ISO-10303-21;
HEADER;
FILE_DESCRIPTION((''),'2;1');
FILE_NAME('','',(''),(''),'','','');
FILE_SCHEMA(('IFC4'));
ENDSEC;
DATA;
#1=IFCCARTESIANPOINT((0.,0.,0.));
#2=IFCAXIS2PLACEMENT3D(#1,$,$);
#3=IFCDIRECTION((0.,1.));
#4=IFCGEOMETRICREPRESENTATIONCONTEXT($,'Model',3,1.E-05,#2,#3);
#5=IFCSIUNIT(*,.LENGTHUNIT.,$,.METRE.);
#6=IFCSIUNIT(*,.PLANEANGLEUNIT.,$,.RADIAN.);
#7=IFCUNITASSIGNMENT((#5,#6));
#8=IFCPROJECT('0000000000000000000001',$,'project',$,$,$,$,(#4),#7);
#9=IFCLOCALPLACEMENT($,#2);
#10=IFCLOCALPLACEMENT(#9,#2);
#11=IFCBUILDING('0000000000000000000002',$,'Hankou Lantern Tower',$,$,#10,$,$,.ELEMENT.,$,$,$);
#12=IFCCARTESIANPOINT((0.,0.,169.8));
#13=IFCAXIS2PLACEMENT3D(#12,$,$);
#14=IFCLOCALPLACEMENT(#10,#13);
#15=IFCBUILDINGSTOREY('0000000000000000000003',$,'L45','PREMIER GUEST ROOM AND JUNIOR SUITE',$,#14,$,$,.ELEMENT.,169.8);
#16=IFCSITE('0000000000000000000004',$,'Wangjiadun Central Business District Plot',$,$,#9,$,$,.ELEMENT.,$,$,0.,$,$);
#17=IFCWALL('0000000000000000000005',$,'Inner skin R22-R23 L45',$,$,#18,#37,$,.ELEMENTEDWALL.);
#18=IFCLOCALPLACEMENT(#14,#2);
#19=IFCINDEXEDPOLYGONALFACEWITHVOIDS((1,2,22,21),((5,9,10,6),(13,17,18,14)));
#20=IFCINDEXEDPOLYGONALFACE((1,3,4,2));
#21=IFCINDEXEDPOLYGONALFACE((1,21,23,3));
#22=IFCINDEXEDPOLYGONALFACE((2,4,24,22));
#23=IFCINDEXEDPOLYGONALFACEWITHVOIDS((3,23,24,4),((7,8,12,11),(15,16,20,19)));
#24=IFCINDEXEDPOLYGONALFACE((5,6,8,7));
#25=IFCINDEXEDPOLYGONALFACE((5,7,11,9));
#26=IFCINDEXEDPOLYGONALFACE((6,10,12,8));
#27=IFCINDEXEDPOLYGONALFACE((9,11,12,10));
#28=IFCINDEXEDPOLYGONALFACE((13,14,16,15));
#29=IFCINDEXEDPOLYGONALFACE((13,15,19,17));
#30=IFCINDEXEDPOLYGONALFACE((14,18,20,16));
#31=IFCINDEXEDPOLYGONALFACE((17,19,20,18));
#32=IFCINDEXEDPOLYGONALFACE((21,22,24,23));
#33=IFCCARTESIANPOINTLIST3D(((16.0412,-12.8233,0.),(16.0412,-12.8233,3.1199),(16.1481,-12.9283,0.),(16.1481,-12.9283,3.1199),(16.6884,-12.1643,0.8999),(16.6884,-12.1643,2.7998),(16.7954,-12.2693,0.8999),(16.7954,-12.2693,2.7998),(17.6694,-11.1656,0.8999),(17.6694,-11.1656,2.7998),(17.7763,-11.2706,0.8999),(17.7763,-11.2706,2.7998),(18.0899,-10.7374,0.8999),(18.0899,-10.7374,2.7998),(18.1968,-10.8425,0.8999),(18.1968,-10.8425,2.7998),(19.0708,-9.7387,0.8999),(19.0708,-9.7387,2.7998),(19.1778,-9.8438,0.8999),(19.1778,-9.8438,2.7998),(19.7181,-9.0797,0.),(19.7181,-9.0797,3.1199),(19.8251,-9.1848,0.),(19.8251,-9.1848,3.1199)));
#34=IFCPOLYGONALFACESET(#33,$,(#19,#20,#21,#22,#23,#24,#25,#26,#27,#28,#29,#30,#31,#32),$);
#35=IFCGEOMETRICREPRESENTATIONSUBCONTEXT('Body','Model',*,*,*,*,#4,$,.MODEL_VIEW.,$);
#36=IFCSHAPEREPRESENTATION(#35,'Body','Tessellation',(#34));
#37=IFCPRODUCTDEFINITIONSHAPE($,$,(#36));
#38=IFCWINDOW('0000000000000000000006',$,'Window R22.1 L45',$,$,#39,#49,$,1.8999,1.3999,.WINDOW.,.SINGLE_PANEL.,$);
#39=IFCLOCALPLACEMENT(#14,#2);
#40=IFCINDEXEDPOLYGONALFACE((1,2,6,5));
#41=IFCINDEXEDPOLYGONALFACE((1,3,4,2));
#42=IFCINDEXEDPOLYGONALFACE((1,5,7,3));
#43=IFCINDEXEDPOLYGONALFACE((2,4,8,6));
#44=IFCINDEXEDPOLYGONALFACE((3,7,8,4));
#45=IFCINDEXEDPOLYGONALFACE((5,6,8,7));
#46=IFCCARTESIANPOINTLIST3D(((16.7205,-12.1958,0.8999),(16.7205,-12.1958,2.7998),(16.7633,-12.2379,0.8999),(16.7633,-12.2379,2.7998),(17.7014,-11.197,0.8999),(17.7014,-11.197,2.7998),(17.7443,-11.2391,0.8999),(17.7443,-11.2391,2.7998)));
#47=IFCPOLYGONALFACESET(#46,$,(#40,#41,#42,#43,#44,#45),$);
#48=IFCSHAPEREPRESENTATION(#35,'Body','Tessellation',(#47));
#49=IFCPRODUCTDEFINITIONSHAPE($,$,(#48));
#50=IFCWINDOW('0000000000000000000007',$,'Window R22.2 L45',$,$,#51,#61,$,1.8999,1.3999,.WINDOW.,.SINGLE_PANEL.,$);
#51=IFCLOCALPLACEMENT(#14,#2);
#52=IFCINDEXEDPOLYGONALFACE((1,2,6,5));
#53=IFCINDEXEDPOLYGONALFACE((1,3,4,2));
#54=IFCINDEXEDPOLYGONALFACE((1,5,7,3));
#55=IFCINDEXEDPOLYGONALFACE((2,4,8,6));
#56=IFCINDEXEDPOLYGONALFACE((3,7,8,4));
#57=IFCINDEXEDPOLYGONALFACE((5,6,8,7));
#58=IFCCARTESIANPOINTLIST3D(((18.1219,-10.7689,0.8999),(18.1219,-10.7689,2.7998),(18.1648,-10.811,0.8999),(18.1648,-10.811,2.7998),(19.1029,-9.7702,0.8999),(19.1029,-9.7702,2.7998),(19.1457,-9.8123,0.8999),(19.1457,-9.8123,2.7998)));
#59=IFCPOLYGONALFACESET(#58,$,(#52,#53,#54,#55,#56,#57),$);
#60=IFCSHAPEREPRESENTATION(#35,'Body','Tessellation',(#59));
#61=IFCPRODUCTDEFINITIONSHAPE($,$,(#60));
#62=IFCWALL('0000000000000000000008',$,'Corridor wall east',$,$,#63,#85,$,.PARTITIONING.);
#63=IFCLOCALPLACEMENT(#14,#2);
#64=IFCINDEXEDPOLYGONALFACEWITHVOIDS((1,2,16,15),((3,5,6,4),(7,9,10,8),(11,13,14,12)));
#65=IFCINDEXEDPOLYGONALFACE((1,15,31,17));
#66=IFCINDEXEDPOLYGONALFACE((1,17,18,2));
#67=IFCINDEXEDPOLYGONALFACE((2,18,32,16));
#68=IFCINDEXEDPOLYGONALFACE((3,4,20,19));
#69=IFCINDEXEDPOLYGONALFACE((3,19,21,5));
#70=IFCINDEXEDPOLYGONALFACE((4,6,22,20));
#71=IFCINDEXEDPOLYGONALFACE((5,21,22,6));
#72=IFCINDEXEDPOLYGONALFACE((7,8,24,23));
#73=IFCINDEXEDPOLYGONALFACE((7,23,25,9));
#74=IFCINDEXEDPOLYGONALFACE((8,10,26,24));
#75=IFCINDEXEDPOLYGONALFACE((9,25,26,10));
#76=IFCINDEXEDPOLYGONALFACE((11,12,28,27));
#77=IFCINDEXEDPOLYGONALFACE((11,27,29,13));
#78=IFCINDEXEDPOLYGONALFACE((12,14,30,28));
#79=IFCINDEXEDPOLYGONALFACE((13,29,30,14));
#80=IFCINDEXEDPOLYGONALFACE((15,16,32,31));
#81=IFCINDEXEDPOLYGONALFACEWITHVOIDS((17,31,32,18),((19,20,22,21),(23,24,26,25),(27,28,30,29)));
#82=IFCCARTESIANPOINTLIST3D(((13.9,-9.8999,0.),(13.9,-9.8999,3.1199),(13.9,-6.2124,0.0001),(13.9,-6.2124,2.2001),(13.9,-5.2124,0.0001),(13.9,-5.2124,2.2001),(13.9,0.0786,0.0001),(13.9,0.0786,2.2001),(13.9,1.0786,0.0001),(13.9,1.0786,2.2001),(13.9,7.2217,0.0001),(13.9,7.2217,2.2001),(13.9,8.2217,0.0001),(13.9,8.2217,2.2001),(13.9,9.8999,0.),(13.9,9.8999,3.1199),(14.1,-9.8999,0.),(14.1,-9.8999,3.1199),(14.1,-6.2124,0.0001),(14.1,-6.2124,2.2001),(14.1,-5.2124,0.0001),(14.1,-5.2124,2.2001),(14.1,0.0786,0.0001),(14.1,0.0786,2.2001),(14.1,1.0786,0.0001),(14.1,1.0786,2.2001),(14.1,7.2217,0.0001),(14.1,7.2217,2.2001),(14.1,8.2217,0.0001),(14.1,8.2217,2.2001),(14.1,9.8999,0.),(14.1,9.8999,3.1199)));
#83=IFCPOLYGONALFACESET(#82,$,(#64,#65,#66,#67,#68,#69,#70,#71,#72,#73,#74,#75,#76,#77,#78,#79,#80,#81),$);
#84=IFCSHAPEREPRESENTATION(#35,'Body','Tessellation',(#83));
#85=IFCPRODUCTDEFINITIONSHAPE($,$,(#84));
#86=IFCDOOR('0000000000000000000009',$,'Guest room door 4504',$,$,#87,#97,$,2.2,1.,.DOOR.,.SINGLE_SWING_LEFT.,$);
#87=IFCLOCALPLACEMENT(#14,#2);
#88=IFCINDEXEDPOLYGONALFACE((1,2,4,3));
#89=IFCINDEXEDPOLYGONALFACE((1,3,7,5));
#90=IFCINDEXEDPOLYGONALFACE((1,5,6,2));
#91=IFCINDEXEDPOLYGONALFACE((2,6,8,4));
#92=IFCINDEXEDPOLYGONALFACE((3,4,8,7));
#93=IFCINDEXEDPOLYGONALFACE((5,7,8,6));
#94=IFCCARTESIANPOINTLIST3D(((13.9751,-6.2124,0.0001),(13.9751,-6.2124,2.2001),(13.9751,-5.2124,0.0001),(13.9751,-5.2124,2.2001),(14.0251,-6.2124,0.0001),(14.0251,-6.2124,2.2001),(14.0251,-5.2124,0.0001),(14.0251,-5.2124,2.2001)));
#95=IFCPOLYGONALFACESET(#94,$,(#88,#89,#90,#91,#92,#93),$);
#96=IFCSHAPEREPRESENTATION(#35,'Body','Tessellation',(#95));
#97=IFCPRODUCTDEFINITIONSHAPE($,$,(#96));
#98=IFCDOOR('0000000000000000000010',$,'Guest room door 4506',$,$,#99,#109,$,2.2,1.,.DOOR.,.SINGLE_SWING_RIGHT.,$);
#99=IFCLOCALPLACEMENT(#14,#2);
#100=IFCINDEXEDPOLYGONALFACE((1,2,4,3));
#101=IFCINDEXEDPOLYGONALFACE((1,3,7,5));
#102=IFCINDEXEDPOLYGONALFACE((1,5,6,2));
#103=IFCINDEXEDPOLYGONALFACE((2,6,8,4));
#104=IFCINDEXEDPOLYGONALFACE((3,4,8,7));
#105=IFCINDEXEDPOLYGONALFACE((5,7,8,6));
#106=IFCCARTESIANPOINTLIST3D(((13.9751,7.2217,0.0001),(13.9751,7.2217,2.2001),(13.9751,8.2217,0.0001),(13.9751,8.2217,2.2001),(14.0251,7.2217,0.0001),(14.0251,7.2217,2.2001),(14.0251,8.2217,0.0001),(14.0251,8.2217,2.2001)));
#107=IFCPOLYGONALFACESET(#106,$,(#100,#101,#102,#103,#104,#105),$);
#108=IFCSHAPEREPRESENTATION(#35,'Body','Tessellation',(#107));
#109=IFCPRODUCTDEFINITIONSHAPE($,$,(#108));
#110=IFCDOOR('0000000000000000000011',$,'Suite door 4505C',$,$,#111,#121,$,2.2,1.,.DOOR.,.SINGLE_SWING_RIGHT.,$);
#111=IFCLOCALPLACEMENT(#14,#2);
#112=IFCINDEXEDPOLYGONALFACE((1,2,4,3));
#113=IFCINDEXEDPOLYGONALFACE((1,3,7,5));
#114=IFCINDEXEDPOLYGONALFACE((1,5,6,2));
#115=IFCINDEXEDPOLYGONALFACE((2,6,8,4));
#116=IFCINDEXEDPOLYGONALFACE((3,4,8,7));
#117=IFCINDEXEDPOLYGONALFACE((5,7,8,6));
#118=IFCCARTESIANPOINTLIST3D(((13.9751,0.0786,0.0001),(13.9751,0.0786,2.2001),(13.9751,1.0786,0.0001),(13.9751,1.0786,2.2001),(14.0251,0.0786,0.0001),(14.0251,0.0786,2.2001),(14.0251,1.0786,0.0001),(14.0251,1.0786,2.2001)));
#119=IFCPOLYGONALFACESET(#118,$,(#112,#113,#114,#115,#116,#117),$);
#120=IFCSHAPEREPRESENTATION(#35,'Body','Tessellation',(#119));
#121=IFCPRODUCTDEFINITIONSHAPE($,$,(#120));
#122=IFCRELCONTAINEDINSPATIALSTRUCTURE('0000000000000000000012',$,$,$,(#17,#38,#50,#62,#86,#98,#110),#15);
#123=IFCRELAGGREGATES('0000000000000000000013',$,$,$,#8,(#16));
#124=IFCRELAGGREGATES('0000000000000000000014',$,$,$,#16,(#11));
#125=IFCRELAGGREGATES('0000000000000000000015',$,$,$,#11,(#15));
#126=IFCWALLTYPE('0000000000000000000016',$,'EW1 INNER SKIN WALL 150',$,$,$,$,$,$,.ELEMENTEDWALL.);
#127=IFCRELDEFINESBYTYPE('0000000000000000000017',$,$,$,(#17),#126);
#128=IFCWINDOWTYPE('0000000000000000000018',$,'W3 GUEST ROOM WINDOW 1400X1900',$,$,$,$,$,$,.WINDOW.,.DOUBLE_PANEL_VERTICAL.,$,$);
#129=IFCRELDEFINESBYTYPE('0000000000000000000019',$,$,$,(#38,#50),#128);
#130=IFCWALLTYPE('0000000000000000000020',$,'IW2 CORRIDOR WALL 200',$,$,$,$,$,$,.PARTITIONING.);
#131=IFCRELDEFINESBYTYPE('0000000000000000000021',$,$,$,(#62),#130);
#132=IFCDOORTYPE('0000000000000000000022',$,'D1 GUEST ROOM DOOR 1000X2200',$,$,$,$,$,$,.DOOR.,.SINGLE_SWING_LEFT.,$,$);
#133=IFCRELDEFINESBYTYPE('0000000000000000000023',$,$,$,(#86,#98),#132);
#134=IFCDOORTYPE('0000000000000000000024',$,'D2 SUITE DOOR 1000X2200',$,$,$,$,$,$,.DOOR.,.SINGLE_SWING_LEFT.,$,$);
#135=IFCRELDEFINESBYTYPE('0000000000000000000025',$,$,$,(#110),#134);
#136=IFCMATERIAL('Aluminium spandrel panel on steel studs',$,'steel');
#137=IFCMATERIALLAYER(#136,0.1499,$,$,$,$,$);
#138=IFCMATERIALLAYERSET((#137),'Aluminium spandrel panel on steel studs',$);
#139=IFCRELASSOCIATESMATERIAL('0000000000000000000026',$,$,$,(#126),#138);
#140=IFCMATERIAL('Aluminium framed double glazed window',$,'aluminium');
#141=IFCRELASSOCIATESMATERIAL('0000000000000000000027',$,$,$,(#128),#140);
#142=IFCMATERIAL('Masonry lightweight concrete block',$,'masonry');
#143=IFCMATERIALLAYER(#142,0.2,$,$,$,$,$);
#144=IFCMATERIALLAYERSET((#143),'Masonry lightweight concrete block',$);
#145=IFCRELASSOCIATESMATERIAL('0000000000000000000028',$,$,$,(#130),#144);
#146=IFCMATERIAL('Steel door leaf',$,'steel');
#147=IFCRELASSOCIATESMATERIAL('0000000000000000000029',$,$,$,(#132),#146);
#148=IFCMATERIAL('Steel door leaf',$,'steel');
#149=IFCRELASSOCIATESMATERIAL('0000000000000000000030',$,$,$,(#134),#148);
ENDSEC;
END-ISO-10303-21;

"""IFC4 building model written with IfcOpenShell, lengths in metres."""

from ifc_helpers import new_model, si_unit, direction, frame, frame_2d, origin, place, context, subcontext, project, spatial, rectangle, extrude, material, layer, layer_set, type_object, element, fill, save


model = new_model("IFC4")

# Units and contexts
model_context = context("Model", 3, precision=1e-05, world=origin(), true_north=direction((0.0, 1.0)))
body_context = subcontext(model_context, "Body", "Model", "MODEL_VIEW")
ifc_project = project(units=[si_unit("LENGTHUNIT", "METRE"), si_unit("PLANEANGLEUNIT", "RADIAN")], contexts=[model_context])

# Site, building, storey
site_placement = place(None, origin())
site = spatial("IfcSite", under=ifc_project, at=site_placement, Name="Wangjiadun Central Business District Plot", CompositionType="ELEMENT", RefElevation=0.0)
building_placement = place(site_placement, origin())
building = spatial("IfcBuilding", under=site, at=building_placement, Name="Hankou Lantern Tower", CompositionType="ELEMENT")
storey_placement = place(building_placement, frame((0.0, 0.0, 169.8)))
storey = spatial("IfcBuildingStorey", under=building, at=storey_placement, Name="L45", Description="PREMIER GUEST ROOM AND JUNIOR SUITE", CompositionType="ELEMENT", Elevation=169.8)

# Wall, openings, windows
ifc_material_1 = material(Name="Aluminium spandrel panel on steel studs", Category="steel")
ifc_layer_1 = layer(ifc_material_1, 0.1499)
ifc_layer_set_1 = layer_set([ifc_layer_1], Name="Aluminium spandrel panel on steel studs")
wall_type_1 = type_object("IfcWallType", Name="EW1 INNER SKIN WALL 150", PredefinedType="ELEMENTEDWALL", material=ifc_layer_set_1)
wall_1_placement = place(storey_placement, frame((16.0947, -12.8757, 0.0), z_axis=(0.0, 0.0, 1.0), x_axis=(0.700727, 0.713429, 0.0)))
wall_1 = element("IfcWall", 1, at=wall_1_placement, inside=storey, type_object=wall_type_1, Name="Inner skin R22-R23 L45", PredefinedType="ELEMENTEDWALL", context=body_context, shape_type="SweptSolid", body=[
    extrude(rectangle(XDim=5.2473, YDim=0.1499, at=frame_2d((2.6235, 0.0))), origin(), (0.0, 0.0, 1.0), 3.1199),
])
opening_1_placement = place(wall_1_placement, frame((0.9236, 0.0, 0.8999)))
opening_1 = element("IfcOpeningElement", 2, at=opening_1_placement, cuts=wall_1, PredefinedType="OPENING", context=body_context, shape_type="SweptSolid", body=[
    extrude(rectangle(XDim=1.3999, YDim=1.8999, at=frame_2d((0.7, 0.95))), frame((0.0, 0.085, 0.0), z_axis=(0.0, -1.0, 0.0), x_axis=(1.0, 0.0, 0.0)), (0.0, 0.0, 1.0), 0.1699),
])
opening_2_placement = place(wall_1_placement, frame((2.9236, 0.0, 0.8999)))
opening_2 = element("IfcOpeningElement", 3, at=opening_2_placement, cuts=wall_1, PredefinedType="OPENING", context=body_context, shape_type="SweptSolid", body=[
    extrude(rectangle(XDim=1.3999, YDim=1.8999, at=frame_2d((0.7, 0.95))), frame((0.0, 0.085, 0.0), z_axis=(0.0, -1.0, 0.0), x_axis=(1.0, 0.0, 0.0)), (0.0, 0.0, 1.0), 0.1699),
])
ifc_material_2 = material(Name="Aluminium framed double glazed window", Category="aluminium")
window_type = type_object("IfcWindowType", Name="W3 GUEST ROOM WINDOW 1400X1900", PartitioningType="DOUBLE_PANEL_VERTICAL", PredefinedType="WINDOW", material=ifc_material_2)
window_1_placement = place(opening_1_placement, origin())
window_1 = element("IfcWindow", 4, at=window_1_placement, inside=storey, type_object=window_type, Name="Window R22.1 L45", OverallHeight=1.8999, OverallWidth=1.3999, PartitioningType="SINGLE_PANEL", PredefinedType="WINDOW", context=body_context, shape_type="SweptSolid", body=[
    extrude(rectangle(XDim=1.3999, YDim=1.8999, at=frame_2d((0.7, 0.95))), frame((0.0, 0.03, 0.0), z_axis=(0.0, -1.0, 0.0), x_axis=(1.0, 0.0, 0.0)), (0.0, 0.0, 1.0), 0.0601),
])
fill(opening_1, window_1)
window_2_placement = place(opening_2_placement, origin())
window_2 = element("IfcWindow", 5, at=window_2_placement, inside=storey, type_object=window_type, Name="Window R22.2 L45", OverallHeight=1.8999, OverallWidth=1.3999, PartitioningType="SINGLE_PANEL", PredefinedType="WINDOW", context=body_context, shape_type="SweptSolid", body=[
    extrude(rectangle(XDim=1.3999, YDim=1.8999, at=frame_2d((0.7, 0.95))), frame((0.0, 0.03, 0.0), z_axis=(0.0, -1.0, 0.0), x_axis=(1.0, 0.0, 0.0)), (0.0, 0.0, 1.0), 0.0601),
])
fill(opening_2, window_2)

# Wall, openings, doors
ifc_material_3 = material(Name="Masonry lightweight concrete block", Category="masonry")
ifc_layer_2 = layer(ifc_material_3, 0.2)
ifc_layer_set_2 = layer_set([ifc_layer_2], Name="Masonry lightweight concrete block")
wall_type_2 = type_object("IfcWallType", Name="IW2 CORRIDOR WALL 200", PredefinedType="PARTITIONING", material=ifc_layer_set_2)
wall_2_placement = place(storey_placement, frame((14.0, -9.8999, 0.0), z_axis=(0.0, 0.0, 1.0), x_axis=(0.0, 1.0, 0.0)))
wall_2 = element("IfcWall", 6, at=wall_2_placement, inside=storey, type_object=wall_type_2, Name="Corridor wall east", PredefinedType="PARTITIONING", context=body_context, shape_type="SweptSolid", body=[
    extrude(rectangle(XDim=19.7998, YDim=0.2, at=frame_2d((9.8999, 0.0))), origin(), (0.0, 0.0, 1.0), 3.1199),
])
opening_3_placement = place(wall_2_placement, frame((3.6875, 0.0, 0.0)))
opening_3 = element("IfcOpeningElement", 7, at=opening_3_placement, cuts=wall_2, PredefinedType="OPENING", context=body_context, shape_type="SweptSolid", body=[
    extrude(rectangle(XDim=1.0, YDim=2.2, at=frame_2d((0.5, 1.1001))), frame((0.0, 0.1099, 0.0), z_axis=(0.0, -1.0, 0.0), x_axis=(1.0, 0.0, 0.0)), (0.0, 0.0, 1.0), 0.22),
])
opening_4_placement = place(wall_2_placement, frame((9.9785, 0.0, 0.0)))
opening_4 = element("IfcOpeningElement", 8, at=opening_4_placement, cuts=wall_2, PredefinedType="OPENING", context=body_context, shape_type="SweptSolid", body=[
    extrude(rectangle(XDim=1.0, YDim=2.2, at=frame_2d((0.5, 1.1001))), frame((0.0, 0.1099, 0.0), z_axis=(0.0, -1.0, 0.0), x_axis=(1.0, 0.0, 0.0)), (0.0, 0.0, 1.0), 0.22),
])
opening_5_placement = place(wall_2_placement, frame((17.1216, 0.0, 0.0)))
opening_5 = element("IfcOpeningElement", 9, at=opening_5_placement, cuts=wall_2, PredefinedType="OPENING", context=body_context, shape_type="SweptSolid", body=[
    extrude(rectangle(XDim=1.0, YDim=2.2, at=frame_2d((0.5, 1.1001))), frame((0.0, 0.1099, 0.0), z_axis=(0.0, -1.0, 0.0), x_axis=(1.0, 0.0, 0.0)), (0.0, 0.0, 1.0), 0.22),
])
ifc_material_4 = material(Name="Steel door leaf", Category="steel")
door_type_1 = type_object("IfcDoorType", Name="D1 GUEST ROOM DOOR 1000X2200", OperationType="SINGLE_SWING_LEFT", PredefinedType="DOOR", material=ifc_material_4)
door_1_placement = place(opening_3_placement, origin())
door_1 = element("IfcDoor", 10, at=door_1_placement, inside=storey, type_object=door_type_1, Name="Guest room door 4504", OperationType="SINGLE_SWING_LEFT", OverallHeight=2.2, OverallWidth=1.0, PredefinedType="DOOR", context=body_context, shape_type="SweptSolid", body=[
    extrude(rectangle(XDim=1.0, YDim=2.2, at=frame_2d((0.5, 1.1001))), frame((0.0, 0.0249, 0.0), z_axis=(0.0, -1.0, 0.0), x_axis=(1.0, 0.0, 0.0)), (0.0, 0.0, 1.0), 0.05),
])
fill(opening_3, door_1)
door_2_placement = place(opening_5_placement, origin())
door_2 = element("IfcDoor", 11, at=door_2_placement, inside=storey, type_object=door_type_1, Name="Guest room door 4506", OperationType="SINGLE_SWING_RIGHT", OverallHeight=2.2, OverallWidth=1.0, PredefinedType="DOOR", context=body_context, shape_type="SweptSolid", body=[
    extrude(rectangle(XDim=1.0, YDim=2.2, at=frame_2d((0.5, 1.1001))), frame((0.0, 0.0249, 0.0), z_axis=(0.0, -1.0, 0.0), x_axis=(1.0, 0.0, 0.0)), (0.0, 0.0, 1.0), 0.05),
])
fill(opening_5, door_2)
ifc_material_5 = material(Name="Steel door leaf", Category="steel")
door_type_2 = type_object("IfcDoorType", Name="D2 SUITE DOOR 1000X2200", OperationType="SINGLE_SWING_LEFT", PredefinedType="DOOR", material=ifc_material_5)
door_3_placement = place(opening_4_placement, origin())
door_3 = element("IfcDoor", 12, at=door_3_placement, inside=storey, type_object=door_type_2, Name="Suite door 4505C", OperationType="SINGLE_SWING_RIGHT", OverallHeight=2.2, OverallWidth=1.0, PredefinedType="DOOR", context=body_context, shape_type="SweptSolid", body=[
    extrude(rectangle(XDim=1.0, YDim=2.2, at=frame_2d((0.5, 1.1001))), frame((0.0, 0.0249, 0.0), z_axis=(0.0, -1.0, 0.0), x_axis=(1.0, 0.0, 0.0)), (0.0, 0.0, 1.0), 0.05),
])
fill(opening_4, door_3)

save(model, "model.ifc")
